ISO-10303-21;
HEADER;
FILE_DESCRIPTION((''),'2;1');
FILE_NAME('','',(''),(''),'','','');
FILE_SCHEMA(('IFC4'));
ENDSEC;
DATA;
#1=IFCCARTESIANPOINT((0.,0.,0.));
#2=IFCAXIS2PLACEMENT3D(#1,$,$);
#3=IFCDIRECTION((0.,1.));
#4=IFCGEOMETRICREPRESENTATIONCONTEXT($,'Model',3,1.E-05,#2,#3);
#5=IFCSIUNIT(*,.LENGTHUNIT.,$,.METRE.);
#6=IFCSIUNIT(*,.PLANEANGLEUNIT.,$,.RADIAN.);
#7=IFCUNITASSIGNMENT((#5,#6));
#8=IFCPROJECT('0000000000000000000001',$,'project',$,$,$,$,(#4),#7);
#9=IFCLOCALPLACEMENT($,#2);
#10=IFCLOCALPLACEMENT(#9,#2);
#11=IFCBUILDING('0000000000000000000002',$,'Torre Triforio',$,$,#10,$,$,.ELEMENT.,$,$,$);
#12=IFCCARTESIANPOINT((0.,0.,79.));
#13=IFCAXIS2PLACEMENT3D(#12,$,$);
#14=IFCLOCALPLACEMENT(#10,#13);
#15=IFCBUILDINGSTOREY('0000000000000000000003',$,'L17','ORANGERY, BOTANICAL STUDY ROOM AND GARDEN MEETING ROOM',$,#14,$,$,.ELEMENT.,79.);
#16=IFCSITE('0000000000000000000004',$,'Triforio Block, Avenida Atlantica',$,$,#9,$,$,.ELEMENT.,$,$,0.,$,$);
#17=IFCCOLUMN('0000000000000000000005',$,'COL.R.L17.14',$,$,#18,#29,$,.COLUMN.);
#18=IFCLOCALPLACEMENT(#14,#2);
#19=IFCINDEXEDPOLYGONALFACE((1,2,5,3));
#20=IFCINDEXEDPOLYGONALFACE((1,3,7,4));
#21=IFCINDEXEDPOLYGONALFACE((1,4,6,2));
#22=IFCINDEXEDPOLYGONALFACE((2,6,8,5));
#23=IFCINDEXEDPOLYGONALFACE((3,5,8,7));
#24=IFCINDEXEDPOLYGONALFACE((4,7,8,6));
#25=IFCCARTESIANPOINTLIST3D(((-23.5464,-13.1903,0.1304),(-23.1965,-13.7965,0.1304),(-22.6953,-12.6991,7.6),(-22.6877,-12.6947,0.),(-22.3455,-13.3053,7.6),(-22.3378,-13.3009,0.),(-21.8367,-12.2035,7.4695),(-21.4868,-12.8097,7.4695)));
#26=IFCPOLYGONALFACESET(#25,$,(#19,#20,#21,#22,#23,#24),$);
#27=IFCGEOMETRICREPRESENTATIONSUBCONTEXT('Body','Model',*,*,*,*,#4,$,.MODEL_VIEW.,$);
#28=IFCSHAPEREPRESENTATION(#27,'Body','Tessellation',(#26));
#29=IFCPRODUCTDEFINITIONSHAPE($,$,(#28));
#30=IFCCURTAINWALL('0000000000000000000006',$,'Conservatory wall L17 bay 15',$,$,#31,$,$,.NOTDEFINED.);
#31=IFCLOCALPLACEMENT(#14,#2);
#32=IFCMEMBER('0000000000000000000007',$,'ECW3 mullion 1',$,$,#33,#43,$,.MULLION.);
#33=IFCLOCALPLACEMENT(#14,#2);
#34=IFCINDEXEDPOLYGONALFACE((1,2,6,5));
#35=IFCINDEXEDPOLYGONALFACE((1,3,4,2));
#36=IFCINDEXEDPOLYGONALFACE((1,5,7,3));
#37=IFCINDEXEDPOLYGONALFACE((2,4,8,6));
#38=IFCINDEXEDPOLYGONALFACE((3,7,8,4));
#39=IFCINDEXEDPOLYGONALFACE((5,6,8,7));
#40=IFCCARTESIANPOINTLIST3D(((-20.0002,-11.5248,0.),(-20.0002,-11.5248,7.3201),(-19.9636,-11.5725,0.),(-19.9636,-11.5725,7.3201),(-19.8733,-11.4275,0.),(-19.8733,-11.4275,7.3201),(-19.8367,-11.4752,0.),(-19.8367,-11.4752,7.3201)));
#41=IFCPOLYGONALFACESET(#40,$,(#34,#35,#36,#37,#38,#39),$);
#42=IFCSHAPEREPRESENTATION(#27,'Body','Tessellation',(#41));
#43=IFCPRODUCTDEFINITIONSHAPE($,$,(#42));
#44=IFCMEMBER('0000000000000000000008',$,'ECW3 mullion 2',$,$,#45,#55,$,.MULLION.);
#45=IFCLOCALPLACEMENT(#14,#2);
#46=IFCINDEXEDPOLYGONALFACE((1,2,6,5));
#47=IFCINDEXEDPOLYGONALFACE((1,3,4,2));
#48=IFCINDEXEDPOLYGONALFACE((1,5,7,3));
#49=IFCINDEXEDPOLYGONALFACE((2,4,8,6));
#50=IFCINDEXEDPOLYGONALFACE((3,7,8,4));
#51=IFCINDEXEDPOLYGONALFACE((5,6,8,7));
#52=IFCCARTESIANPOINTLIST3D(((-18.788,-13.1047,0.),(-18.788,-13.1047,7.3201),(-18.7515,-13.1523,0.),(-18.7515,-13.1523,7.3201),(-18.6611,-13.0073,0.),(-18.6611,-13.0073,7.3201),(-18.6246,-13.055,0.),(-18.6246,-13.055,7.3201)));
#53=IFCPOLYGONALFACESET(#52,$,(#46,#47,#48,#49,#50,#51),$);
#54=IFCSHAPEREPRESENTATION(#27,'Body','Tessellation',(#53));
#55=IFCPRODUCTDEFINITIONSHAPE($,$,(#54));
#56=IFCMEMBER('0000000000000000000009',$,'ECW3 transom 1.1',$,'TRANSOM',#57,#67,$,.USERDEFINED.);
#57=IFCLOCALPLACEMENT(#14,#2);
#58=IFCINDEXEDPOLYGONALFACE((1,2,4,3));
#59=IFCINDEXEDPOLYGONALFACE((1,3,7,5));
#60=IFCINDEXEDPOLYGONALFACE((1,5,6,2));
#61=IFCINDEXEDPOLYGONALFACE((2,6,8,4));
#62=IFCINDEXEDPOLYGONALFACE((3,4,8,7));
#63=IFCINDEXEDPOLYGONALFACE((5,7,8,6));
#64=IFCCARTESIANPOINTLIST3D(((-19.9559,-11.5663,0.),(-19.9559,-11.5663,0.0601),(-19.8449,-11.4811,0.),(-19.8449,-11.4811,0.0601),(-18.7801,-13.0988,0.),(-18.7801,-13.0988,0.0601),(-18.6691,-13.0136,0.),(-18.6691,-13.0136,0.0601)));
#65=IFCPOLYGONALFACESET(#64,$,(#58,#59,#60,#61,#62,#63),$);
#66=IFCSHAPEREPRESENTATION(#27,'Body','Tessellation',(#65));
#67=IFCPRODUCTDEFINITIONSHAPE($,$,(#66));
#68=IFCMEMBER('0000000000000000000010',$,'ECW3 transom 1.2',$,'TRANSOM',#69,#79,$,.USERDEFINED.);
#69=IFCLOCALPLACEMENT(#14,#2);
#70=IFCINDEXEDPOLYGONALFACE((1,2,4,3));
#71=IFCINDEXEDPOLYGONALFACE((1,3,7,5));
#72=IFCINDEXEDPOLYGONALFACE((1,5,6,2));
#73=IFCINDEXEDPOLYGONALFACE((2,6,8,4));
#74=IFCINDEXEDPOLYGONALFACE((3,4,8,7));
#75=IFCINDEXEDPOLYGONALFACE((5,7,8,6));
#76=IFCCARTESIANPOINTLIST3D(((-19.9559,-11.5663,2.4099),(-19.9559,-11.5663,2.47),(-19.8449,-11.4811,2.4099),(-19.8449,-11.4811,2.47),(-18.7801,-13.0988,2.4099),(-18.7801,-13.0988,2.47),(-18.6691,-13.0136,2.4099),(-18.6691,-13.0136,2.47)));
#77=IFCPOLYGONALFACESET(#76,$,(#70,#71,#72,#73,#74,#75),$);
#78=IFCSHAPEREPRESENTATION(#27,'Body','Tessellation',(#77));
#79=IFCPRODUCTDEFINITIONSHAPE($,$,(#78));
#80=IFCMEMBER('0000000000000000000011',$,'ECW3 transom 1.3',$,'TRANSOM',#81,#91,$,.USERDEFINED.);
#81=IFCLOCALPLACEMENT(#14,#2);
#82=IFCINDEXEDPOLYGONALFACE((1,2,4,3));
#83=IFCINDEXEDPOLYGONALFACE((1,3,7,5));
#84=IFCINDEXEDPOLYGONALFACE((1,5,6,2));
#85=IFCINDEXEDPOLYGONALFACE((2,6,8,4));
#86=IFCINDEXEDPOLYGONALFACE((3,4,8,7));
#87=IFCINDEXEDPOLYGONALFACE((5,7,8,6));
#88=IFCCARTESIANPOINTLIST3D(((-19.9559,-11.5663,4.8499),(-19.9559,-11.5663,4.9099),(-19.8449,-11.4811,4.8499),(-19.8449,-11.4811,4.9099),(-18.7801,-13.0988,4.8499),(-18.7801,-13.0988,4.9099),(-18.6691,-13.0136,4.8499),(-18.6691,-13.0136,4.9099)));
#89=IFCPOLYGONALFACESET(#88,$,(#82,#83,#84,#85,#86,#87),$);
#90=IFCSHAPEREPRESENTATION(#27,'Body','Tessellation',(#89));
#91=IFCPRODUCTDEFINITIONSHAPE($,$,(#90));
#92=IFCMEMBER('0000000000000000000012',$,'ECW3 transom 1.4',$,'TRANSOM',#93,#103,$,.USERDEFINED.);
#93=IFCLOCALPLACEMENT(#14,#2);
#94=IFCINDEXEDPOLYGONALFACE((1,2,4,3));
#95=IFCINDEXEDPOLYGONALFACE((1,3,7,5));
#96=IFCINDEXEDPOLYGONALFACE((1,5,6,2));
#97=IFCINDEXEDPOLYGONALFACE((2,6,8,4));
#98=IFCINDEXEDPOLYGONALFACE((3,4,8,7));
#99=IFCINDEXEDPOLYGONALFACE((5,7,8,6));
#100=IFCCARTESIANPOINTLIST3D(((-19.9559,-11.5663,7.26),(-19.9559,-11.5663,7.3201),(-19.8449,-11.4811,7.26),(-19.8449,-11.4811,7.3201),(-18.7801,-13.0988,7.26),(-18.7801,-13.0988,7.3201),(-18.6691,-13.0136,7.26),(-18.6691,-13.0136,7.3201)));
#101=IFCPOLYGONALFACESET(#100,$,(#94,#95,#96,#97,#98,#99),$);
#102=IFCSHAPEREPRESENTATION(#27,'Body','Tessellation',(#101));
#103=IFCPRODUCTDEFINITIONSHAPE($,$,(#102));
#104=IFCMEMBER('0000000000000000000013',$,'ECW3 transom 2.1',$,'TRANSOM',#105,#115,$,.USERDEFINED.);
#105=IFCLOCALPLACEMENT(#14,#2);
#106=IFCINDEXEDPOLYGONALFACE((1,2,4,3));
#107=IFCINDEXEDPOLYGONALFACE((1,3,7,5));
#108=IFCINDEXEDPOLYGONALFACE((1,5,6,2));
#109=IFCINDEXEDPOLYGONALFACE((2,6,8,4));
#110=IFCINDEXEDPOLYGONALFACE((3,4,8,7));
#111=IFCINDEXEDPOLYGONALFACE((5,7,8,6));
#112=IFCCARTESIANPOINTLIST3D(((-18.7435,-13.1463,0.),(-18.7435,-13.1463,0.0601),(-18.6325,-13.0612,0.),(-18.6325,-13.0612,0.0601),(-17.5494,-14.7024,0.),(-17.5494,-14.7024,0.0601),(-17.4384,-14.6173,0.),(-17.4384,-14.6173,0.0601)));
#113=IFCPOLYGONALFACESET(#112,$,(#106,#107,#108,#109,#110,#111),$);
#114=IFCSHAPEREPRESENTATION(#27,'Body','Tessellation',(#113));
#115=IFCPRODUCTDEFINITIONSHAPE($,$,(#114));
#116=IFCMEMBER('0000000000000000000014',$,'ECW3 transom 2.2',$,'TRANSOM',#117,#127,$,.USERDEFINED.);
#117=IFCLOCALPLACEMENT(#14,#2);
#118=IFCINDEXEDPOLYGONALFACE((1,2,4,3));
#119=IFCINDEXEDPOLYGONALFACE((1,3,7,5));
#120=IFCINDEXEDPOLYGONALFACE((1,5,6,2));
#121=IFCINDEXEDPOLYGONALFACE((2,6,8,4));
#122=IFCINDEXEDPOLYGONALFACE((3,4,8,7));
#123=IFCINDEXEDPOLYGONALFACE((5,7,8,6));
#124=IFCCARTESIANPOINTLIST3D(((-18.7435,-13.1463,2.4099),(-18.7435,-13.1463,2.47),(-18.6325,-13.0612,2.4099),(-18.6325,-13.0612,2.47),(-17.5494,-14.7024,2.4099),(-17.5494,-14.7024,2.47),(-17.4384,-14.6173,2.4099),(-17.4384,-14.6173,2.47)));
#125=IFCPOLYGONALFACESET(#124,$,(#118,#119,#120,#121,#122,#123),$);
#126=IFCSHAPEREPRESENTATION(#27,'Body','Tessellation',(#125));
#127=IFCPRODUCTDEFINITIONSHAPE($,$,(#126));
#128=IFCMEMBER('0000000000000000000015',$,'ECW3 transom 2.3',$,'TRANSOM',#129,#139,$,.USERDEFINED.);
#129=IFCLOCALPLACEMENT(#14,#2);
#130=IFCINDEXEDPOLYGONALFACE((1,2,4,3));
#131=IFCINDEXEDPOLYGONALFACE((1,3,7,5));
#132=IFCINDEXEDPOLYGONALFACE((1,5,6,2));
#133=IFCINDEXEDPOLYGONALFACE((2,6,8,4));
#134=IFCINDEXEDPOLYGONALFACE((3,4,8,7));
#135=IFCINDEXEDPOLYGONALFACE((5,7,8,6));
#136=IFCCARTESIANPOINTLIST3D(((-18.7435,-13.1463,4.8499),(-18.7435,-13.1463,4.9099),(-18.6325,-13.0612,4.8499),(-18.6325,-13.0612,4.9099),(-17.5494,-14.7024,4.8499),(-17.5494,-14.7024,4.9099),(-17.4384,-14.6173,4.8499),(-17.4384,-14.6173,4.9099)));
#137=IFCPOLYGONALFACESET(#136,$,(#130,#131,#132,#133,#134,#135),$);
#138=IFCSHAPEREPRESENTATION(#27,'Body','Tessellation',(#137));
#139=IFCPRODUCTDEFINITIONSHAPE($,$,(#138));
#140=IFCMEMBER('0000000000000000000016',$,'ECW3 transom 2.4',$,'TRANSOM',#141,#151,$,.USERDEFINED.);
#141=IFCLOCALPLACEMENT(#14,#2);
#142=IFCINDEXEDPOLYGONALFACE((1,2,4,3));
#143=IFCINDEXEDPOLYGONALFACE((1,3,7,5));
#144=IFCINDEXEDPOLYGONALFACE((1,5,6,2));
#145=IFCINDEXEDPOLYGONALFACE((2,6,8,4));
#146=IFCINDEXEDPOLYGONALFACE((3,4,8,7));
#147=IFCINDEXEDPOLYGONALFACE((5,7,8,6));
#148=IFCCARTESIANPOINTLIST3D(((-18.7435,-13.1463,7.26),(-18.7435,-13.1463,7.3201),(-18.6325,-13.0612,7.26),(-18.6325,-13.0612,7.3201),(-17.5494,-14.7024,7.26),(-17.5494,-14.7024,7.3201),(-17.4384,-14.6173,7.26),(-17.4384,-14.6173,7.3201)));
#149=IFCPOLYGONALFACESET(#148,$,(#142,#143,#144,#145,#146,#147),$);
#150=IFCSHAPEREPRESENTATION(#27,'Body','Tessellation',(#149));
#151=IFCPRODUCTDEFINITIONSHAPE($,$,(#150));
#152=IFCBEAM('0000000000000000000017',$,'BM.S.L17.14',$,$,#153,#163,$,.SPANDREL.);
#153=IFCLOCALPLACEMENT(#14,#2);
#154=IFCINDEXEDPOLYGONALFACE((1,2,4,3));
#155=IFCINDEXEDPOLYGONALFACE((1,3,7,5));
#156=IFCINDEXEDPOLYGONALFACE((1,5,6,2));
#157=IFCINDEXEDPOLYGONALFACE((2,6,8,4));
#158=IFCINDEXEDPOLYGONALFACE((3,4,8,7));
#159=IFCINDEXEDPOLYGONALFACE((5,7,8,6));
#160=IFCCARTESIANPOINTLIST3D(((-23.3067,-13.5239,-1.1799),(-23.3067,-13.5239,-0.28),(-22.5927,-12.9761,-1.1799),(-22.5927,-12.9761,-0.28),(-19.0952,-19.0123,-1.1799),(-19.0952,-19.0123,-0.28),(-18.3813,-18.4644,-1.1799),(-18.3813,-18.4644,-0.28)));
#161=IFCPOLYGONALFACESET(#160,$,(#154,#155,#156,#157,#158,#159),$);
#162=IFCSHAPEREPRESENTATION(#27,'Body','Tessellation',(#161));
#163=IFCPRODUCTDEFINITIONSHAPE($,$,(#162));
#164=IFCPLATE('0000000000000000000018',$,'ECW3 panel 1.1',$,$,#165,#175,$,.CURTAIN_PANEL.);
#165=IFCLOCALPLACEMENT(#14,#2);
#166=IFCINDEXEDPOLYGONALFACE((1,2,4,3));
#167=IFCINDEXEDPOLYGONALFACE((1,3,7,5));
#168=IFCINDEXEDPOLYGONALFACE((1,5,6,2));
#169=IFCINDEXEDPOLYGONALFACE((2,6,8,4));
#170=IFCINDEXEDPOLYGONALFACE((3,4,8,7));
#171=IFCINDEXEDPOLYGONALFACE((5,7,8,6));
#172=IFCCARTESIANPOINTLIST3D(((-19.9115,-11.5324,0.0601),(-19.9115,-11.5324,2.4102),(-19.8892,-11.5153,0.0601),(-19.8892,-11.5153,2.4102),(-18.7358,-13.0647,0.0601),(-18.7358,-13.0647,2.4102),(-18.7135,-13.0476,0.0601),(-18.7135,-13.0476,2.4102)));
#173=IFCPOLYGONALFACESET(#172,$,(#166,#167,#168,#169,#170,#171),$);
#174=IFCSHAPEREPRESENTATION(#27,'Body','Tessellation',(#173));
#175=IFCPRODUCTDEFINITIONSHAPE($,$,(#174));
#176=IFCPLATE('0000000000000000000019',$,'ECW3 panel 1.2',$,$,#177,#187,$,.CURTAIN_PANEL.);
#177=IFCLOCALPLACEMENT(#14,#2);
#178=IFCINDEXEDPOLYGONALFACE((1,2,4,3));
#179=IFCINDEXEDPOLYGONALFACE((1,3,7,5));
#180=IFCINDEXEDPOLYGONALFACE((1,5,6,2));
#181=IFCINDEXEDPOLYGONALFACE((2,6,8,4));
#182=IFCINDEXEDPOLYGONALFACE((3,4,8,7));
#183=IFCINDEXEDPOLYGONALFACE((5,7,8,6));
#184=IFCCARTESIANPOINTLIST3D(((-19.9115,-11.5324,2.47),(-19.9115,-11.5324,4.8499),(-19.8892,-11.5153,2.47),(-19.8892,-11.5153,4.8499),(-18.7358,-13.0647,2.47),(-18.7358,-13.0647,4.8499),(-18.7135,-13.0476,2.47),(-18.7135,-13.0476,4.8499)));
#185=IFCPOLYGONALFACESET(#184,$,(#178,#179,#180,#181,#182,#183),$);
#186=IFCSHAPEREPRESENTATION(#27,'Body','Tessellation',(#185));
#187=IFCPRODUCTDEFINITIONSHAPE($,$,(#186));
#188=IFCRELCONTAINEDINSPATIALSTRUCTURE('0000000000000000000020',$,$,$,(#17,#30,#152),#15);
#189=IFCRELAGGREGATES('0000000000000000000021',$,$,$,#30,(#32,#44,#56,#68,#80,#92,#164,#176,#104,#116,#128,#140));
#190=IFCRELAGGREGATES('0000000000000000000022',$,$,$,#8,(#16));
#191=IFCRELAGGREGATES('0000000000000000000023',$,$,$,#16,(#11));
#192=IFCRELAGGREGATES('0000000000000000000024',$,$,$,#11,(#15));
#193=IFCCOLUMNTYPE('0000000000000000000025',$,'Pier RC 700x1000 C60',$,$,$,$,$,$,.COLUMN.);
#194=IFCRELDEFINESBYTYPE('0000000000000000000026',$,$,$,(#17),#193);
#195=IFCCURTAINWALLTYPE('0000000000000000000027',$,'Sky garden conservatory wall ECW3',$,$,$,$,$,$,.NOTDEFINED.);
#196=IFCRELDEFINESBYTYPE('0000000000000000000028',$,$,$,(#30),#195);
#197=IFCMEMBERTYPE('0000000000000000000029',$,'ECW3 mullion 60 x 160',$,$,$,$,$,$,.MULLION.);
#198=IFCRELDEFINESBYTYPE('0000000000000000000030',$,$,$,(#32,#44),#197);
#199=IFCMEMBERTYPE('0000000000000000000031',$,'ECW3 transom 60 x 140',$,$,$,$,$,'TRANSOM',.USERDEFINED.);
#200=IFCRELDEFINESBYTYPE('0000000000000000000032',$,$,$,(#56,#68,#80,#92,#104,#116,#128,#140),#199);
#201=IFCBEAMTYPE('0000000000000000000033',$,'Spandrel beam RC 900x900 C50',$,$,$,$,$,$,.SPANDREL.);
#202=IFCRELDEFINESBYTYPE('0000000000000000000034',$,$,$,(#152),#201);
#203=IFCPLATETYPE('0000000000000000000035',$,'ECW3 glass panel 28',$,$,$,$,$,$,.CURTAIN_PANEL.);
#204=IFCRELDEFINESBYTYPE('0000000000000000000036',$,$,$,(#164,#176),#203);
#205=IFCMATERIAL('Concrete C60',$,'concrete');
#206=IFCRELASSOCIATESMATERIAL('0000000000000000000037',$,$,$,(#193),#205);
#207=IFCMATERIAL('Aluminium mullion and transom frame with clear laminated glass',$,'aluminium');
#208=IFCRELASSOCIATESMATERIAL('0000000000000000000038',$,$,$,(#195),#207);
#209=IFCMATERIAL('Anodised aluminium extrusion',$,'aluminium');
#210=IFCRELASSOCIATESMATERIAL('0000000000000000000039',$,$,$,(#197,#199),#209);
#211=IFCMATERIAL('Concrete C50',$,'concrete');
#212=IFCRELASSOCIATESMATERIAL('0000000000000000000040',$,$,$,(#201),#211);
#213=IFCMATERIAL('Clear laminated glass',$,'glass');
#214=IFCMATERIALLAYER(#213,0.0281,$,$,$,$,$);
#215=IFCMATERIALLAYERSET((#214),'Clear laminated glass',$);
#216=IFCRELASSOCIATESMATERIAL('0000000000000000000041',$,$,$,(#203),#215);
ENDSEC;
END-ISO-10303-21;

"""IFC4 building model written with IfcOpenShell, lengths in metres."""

from ifc_helpers import new_model, si_unit, direction, frame, origin, origin_2d, place, context, subcontext, project, spatial, rectangle, extrude, material, layer, layer_set, material_profile, profile_set, type_object, element, aggregate, save


model = new_model("IFC4")

# Units and contexts
model_context = context("Model", 3, precision=1e-05, world=origin(), true_north=direction((0.0, 1.0)))
body_context = subcontext(model_context, "Body", "Model", "MODEL_VIEW")
ifc_project = project(units=[si_unit("LENGTHUNIT", "METRE"), si_unit("PLANEANGLEUNIT", "RADIAN")], contexts=[model_context])

# Site, building, storey
site_placement = place(None, origin())
site = spatial("IfcSite", under=ifc_project, at=site_placement, Name="Triforio Block, Avenida Atlantica", CompositionType="ELEMENT", RefElevation=0.0)
building_placement = place(site_placement, origin())
building = spatial("IfcBuilding", under=site, at=building_placement, Name="Torre Triforio", CompositionType="ELEMENT")
storey_placement = place(building_placement, frame((0.0, 0.0, 79.0)))
storey = spatial("IfcBuildingStorey", under=building, at=storey_placement, Name="L17", Description="ORANGERY, BOTANICAL STUDY ROOM AND GARDEN MEETING ROOM", CompositionType="ELEMENT", Elevation=79.0)

# Column
ifc_material_1 = material(Name="Concrete C60", Category="concrete")
ifc_material_profile_1 = material_profile(ifc_material_1, rectangle(XDim=0.7, YDim=1.0, at=origin_2d()), Name="RC 700x1000")
ifc_profile_set_1 = profile_set([ifc_material_profile_1], Name="Concrete C60")
column_type = type_object("IfcColumnType", Name="Pier RC 700x1000 C60", PredefinedType="COLUMN", material=ifc_profile_set_1)
column_placement = place(storey_placement, frame((-22.9421, -13.2456, 0.0652), z_axis=(0.112967, 0.065201, 0.991457), x_axis=(-0.49988, 0.866095, 0.0)))
element("IfcColumn", 1, at=column_placement, inside=storey, type_object=column_type, Name="COL.R.L17.14", PredefinedType="COLUMN", context=body_context, shape_type="SweptSolid", body=[
    extrude(rectangle(XDim=0.7, YDim=1.0, at=origin_2d()), origin(), (0.0, 0.0, 1.0), 7.5339),
])

# Curtain wall, members
ifc_material_2 = material(Name="Aluminium mullion and transom frame with clear laminated glass", Category="aluminium")
curtain_wall_type = type_object("IfcCurtainWallType", Name="Sky garden conservatory wall ECW3", PredefinedType="NOTDEFINED", material=ifc_material_2)
curtain_wall_placement = place(storey_placement, origin())
curtain_wall = element("IfcCurtainWall", 2, at=curtain_wall_placement, inside=storey, type_object=curtain_wall_type, Name="Conservatory wall L17 bay 15", PredefinedType="NOTDEFINED")
ifc_material_3 = material(Name="Anodised aluminium extrusion", Category="aluminium")
ifc_material_profile_2 = material_profile(ifc_material_3, rectangle(XDim=0.1599, YDim=0.0601, at=origin_2d()), Name="ECW3 MULLION 60x160")
ifc_profile_set_2 = profile_set([ifc_material_profile_2], Name="Anodised aluminium extrusion")
member_type_1 = type_object("IfcMemberType", Name="ECW3 mullion 60 x 160", PredefinedType="MULLION", material=ifc_profile_set_2)
member_1_placement = place(storey_placement, frame((-19.9185, -11.5, 0.0), z_axis=(0.0, 0.0, 1.0), x_axis=(0.79336, 0.608752, 0.0)))
member_1 = element("IfcMember", 3, at=member_1_placement, type_object=member_type_1, Name="ECW3 mullion 1", PredefinedType="MULLION", context=body_context, shape_type="SweptSolid", body=[
    extrude(rectangle(XDim=0.1599, YDim=0.0601, at=origin_2d()), origin(), (0.0, 0.0, 1.0), 7.3201),
])
member_2_placement = place(storey_placement, frame((-18.7063, -13.0798, 0.0), z_axis=(0.0, 0.0, 1.0), x_axis=(0.79336, 0.608752, 0.0)))
member_2 = element("IfcMember", 4, at=member_2_placement, type_object=member_type_1, Name="ECW3 mullion 2", PredefinedType="MULLION", context=body_context, shape_type="SweptSolid", body=[
    extrude(rectangle(XDim=0.1599, YDim=0.0601, at=origin_2d()), origin(), (0.0, 0.0, 1.0), 7.3201),
])
ifc_material_profile_3 = material_profile(ifc_material_3, rectangle(XDim=0.1399, YDim=0.0601, at=origin_2d()), Name="ECW3 TRANSOM 60x140")
ifc_profile_set_3 = profile_set([ifc_material_profile_3], Name="Anodised aluminium extrusion")
member_type_2 = type_object("IfcMemberType", Name="ECW3 transom 60 x 140", ElementType="TRANSOM", PredefinedType="USERDEFINED", material=ifc_profile_set_3)
member_3_placement = place(storey_placement, frame((-19.9004, -11.5237, 0.03), z_axis=(0.608721, -0.793385, 0.0), x_axis=(0.793385, 0.608721, 0.0)))
member_3 = element("IfcMember", 5, at=member_3_placement, type_object=member_type_2, Name="ECW3 transom 1.1", ObjectType="TRANSOM", PredefinedType="USERDEFINED", context=body_context, shape_type="SweptSolid", body=[
    extrude(rectangle(XDim=0.1399, YDim=0.0601, at=origin_2d()), origin(), (0.0, 0.0, 1.0), 1.9316),
])
member_4_placement = place(storey_placement, frame((-19.9004, -11.5237, 2.4399), z_axis=(0.608721, -0.793385, 0.0), x_axis=(0.793385, 0.608721, 0.0)))
member_4 = element("IfcMember", 6, at=member_4_placement, type_object=member_type_2, Name="ECW3 transom 1.2", ObjectType="TRANSOM", PredefinedType="USERDEFINED", context=body_context, shape_type="SweptSolid", body=[
    extrude(rectangle(XDim=0.1399, YDim=0.0601, at=origin_2d()), origin(), (0.0, 0.0, 1.0), 1.9316),
])
member_5_placement = place(storey_placement, frame((-19.9004, -11.5237, 4.8799), z_axis=(0.608721, -0.793385, 0.0), x_axis=(0.793385, 0.608721, 0.0)))
member_5 = element("IfcMember", 7, at=member_5_placement, type_object=member_type_2, Name="ECW3 transom 1.3", ObjectType="TRANSOM", PredefinedType="USERDEFINED", context=body_context, shape_type="SweptSolid", body=[
    extrude(rectangle(XDim=0.1399, YDim=0.0601, at=origin_2d()), origin(), (0.0, 0.0, 1.0), 1.9316),
])
member_6_placement = place(storey_placement, frame((-19.9004, -11.5237, 7.29), z_axis=(0.608721, -0.793385, 0.0), x_axis=(0.793385, 0.608721, 0.0)))
member_6 = element("IfcMember", 8, at=member_6_placement, type_object=member_type_2, Name="ECW3 transom 1.4", ObjectType="TRANSOM", PredefinedType="USERDEFINED", context=body_context, shape_type="SweptSolid", body=[
    extrude(rectangle(XDim=0.1399, YDim=0.0601, at=origin_2d()), origin(), (0.0, 0.0, 1.0), 1.9316),
])
member_7_placement = place(storey_placement, frame((-18.688, -13.1038, 0.03), z_axis=(0.608766, -0.79335, 0.0), x_axis=(0.79335, 0.608766, 0.0)))
member_7 = element("IfcMember", 9, at=member_7_placement, type_object=member_type_2, Name="ECW3 transom 2.1", ObjectType="TRANSOM", PredefinedType="USERDEFINED", context=body_context, shape_type="SweptSolid", body=[
    extrude(rectangle(XDim=0.1399, YDim=0.0601, at=origin_2d()), origin(), (0.0, 0.0, 1.0), 1.9614),
])
member_8_placement = place(storey_placement, frame((-18.688, -13.1038, 2.4399), z_axis=(0.608766, -0.79335, 0.0), x_axis=(0.79335, 0.608766, 0.0)))
member_8 = element("IfcMember", 10, at=member_8_placement, type_object=member_type_2, Name="ECW3 transom 2.2", ObjectType="TRANSOM", PredefinedType="USERDEFINED", context=body_context, shape_type="SweptSolid", body=[
    extrude(rectangle(XDim=0.1399, YDim=0.0601, at=origin_2d()), origin(), (0.0, 0.0, 1.0), 1.9614),
])
member_9_placement = place(storey_placement, frame((-18.688, -13.1038, 4.8799), z_axis=(0.608766, -0.79335, 0.0), x_axis=(0.79335, 0.608766, 0.0)))
member_9 = element("IfcMember", 11, at=member_9_placement, type_object=member_type_2, Name="ECW3 transom 2.3", ObjectType="TRANSOM", PredefinedType="USERDEFINED", context=body_context, shape_type="SweptSolid", body=[
    extrude(rectangle(XDim=0.1399, YDim=0.0601, at=origin_2d()), origin(), (0.0, 0.0, 1.0), 1.9614),
])
member_10_placement = place(storey_placement, frame((-18.688, -13.1038, 7.29), z_axis=(0.608766, -0.79335, 0.0), x_axis=(0.79335, 0.608766, 0.0)))
member_10 = element("IfcMember", 12, at=member_10_placement, type_object=member_type_2, Name="ECW3 transom 2.4", ObjectType="TRANSOM", PredefinedType="USERDEFINED", context=body_context, shape_type="SweptSolid", body=[
    extrude(rectangle(XDim=0.1399, YDim=0.0601, at=origin_2d()), origin(), (0.0, 0.0, 1.0), 1.9614),
])

# Beam
ifc_material_4 = material(Name="Concrete C50", Category="concrete")
ifc_material_profile_4 = material_profile(ifc_material_4, rectangle(XDim=0.8999, YDim=0.8999, at=origin_2d()), Name="RC 900x900")
ifc_profile_set_4 = profile_set([ifc_material_profile_4], Name="Concrete C50")
beam_type = type_object("IfcBeamType", Name="Spandrel beam RC 900x900 C50", PredefinedType="SPANDREL", material=ifc_profile_set_4)
beam_placement = place(storey_placement, frame((-22.9497, -13.25, -0.73), z_axis=(0.608772, -0.793345, 0.0), x_axis=(0.793345, 0.608772, 0.0)))
element("IfcBeam", 13, at=beam_placement, inside=storey, type_object=beam_type, Name="BM.S.L17.14", PredefinedType="SPANDREL", context=body_context, shape_type="SweptSolid", body=[
    extrude(rectangle(XDim=0.8999, YDim=0.8999, at=origin_2d()), origin(), (0.0, 0.0, 1.0), 6.918),
])

# Plates
ifc_material_5 = material(Name="Clear laminated glass", Category="glass")
ifc_layer = layer(ifc_material_5, 0.0281)
ifc_layer_set = layer_set([ifc_layer], Name="Clear laminated glass")
plate_type = type_object("IfcPlateType", Name="ECW3 glass panel 28", PredefinedType="CURTAIN_PANEL", material=ifc_layer_set)
plate_1_placement = place(storey_placement, frame((-19.3125, -12.29, 0.0601), z_axis=(0.0, 0.0, 1.0), x_axis=(0.608752, -0.79336, 0.0)))
plate_1 = element("IfcPlate", 14, at=plate_1_placement, type_object=plate_type, Name="ECW3 panel 1.1", PredefinedType="CURTAIN_PANEL", context=body_context, shape_type="SweptSolid", body=[
    extrude(rectangle(XDim=1.9314, YDim=0.0281, at=origin_2d()), origin(), (0.0, 0.0, 1.0), 2.3501),
])
plate_2_placement = place(storey_placement, frame((-19.3125, -12.29, 2.47), z_axis=(0.0, 0.0, 1.0), x_axis=(0.608752, -0.79336, 0.0)))
plate_2 = element("IfcPlate", 15, at=plate_2_placement, type_object=plate_type, Name="ECW3 panel 1.2", PredefinedType="CURTAIN_PANEL", context=body_context, shape_type="SweptSolid", body=[
    extrude(rectangle(XDim=1.9314, YDim=0.0281, at=origin_2d()), origin(), (0.0, 0.0, 1.0), 2.3799),
])
aggregate(curtain_wall, [member_1, member_2, member_3, member_4, member_5, member_6, plate_1, plate_2, member_7, member_8, member_9, member_10])

save(model, "model.ifc")
